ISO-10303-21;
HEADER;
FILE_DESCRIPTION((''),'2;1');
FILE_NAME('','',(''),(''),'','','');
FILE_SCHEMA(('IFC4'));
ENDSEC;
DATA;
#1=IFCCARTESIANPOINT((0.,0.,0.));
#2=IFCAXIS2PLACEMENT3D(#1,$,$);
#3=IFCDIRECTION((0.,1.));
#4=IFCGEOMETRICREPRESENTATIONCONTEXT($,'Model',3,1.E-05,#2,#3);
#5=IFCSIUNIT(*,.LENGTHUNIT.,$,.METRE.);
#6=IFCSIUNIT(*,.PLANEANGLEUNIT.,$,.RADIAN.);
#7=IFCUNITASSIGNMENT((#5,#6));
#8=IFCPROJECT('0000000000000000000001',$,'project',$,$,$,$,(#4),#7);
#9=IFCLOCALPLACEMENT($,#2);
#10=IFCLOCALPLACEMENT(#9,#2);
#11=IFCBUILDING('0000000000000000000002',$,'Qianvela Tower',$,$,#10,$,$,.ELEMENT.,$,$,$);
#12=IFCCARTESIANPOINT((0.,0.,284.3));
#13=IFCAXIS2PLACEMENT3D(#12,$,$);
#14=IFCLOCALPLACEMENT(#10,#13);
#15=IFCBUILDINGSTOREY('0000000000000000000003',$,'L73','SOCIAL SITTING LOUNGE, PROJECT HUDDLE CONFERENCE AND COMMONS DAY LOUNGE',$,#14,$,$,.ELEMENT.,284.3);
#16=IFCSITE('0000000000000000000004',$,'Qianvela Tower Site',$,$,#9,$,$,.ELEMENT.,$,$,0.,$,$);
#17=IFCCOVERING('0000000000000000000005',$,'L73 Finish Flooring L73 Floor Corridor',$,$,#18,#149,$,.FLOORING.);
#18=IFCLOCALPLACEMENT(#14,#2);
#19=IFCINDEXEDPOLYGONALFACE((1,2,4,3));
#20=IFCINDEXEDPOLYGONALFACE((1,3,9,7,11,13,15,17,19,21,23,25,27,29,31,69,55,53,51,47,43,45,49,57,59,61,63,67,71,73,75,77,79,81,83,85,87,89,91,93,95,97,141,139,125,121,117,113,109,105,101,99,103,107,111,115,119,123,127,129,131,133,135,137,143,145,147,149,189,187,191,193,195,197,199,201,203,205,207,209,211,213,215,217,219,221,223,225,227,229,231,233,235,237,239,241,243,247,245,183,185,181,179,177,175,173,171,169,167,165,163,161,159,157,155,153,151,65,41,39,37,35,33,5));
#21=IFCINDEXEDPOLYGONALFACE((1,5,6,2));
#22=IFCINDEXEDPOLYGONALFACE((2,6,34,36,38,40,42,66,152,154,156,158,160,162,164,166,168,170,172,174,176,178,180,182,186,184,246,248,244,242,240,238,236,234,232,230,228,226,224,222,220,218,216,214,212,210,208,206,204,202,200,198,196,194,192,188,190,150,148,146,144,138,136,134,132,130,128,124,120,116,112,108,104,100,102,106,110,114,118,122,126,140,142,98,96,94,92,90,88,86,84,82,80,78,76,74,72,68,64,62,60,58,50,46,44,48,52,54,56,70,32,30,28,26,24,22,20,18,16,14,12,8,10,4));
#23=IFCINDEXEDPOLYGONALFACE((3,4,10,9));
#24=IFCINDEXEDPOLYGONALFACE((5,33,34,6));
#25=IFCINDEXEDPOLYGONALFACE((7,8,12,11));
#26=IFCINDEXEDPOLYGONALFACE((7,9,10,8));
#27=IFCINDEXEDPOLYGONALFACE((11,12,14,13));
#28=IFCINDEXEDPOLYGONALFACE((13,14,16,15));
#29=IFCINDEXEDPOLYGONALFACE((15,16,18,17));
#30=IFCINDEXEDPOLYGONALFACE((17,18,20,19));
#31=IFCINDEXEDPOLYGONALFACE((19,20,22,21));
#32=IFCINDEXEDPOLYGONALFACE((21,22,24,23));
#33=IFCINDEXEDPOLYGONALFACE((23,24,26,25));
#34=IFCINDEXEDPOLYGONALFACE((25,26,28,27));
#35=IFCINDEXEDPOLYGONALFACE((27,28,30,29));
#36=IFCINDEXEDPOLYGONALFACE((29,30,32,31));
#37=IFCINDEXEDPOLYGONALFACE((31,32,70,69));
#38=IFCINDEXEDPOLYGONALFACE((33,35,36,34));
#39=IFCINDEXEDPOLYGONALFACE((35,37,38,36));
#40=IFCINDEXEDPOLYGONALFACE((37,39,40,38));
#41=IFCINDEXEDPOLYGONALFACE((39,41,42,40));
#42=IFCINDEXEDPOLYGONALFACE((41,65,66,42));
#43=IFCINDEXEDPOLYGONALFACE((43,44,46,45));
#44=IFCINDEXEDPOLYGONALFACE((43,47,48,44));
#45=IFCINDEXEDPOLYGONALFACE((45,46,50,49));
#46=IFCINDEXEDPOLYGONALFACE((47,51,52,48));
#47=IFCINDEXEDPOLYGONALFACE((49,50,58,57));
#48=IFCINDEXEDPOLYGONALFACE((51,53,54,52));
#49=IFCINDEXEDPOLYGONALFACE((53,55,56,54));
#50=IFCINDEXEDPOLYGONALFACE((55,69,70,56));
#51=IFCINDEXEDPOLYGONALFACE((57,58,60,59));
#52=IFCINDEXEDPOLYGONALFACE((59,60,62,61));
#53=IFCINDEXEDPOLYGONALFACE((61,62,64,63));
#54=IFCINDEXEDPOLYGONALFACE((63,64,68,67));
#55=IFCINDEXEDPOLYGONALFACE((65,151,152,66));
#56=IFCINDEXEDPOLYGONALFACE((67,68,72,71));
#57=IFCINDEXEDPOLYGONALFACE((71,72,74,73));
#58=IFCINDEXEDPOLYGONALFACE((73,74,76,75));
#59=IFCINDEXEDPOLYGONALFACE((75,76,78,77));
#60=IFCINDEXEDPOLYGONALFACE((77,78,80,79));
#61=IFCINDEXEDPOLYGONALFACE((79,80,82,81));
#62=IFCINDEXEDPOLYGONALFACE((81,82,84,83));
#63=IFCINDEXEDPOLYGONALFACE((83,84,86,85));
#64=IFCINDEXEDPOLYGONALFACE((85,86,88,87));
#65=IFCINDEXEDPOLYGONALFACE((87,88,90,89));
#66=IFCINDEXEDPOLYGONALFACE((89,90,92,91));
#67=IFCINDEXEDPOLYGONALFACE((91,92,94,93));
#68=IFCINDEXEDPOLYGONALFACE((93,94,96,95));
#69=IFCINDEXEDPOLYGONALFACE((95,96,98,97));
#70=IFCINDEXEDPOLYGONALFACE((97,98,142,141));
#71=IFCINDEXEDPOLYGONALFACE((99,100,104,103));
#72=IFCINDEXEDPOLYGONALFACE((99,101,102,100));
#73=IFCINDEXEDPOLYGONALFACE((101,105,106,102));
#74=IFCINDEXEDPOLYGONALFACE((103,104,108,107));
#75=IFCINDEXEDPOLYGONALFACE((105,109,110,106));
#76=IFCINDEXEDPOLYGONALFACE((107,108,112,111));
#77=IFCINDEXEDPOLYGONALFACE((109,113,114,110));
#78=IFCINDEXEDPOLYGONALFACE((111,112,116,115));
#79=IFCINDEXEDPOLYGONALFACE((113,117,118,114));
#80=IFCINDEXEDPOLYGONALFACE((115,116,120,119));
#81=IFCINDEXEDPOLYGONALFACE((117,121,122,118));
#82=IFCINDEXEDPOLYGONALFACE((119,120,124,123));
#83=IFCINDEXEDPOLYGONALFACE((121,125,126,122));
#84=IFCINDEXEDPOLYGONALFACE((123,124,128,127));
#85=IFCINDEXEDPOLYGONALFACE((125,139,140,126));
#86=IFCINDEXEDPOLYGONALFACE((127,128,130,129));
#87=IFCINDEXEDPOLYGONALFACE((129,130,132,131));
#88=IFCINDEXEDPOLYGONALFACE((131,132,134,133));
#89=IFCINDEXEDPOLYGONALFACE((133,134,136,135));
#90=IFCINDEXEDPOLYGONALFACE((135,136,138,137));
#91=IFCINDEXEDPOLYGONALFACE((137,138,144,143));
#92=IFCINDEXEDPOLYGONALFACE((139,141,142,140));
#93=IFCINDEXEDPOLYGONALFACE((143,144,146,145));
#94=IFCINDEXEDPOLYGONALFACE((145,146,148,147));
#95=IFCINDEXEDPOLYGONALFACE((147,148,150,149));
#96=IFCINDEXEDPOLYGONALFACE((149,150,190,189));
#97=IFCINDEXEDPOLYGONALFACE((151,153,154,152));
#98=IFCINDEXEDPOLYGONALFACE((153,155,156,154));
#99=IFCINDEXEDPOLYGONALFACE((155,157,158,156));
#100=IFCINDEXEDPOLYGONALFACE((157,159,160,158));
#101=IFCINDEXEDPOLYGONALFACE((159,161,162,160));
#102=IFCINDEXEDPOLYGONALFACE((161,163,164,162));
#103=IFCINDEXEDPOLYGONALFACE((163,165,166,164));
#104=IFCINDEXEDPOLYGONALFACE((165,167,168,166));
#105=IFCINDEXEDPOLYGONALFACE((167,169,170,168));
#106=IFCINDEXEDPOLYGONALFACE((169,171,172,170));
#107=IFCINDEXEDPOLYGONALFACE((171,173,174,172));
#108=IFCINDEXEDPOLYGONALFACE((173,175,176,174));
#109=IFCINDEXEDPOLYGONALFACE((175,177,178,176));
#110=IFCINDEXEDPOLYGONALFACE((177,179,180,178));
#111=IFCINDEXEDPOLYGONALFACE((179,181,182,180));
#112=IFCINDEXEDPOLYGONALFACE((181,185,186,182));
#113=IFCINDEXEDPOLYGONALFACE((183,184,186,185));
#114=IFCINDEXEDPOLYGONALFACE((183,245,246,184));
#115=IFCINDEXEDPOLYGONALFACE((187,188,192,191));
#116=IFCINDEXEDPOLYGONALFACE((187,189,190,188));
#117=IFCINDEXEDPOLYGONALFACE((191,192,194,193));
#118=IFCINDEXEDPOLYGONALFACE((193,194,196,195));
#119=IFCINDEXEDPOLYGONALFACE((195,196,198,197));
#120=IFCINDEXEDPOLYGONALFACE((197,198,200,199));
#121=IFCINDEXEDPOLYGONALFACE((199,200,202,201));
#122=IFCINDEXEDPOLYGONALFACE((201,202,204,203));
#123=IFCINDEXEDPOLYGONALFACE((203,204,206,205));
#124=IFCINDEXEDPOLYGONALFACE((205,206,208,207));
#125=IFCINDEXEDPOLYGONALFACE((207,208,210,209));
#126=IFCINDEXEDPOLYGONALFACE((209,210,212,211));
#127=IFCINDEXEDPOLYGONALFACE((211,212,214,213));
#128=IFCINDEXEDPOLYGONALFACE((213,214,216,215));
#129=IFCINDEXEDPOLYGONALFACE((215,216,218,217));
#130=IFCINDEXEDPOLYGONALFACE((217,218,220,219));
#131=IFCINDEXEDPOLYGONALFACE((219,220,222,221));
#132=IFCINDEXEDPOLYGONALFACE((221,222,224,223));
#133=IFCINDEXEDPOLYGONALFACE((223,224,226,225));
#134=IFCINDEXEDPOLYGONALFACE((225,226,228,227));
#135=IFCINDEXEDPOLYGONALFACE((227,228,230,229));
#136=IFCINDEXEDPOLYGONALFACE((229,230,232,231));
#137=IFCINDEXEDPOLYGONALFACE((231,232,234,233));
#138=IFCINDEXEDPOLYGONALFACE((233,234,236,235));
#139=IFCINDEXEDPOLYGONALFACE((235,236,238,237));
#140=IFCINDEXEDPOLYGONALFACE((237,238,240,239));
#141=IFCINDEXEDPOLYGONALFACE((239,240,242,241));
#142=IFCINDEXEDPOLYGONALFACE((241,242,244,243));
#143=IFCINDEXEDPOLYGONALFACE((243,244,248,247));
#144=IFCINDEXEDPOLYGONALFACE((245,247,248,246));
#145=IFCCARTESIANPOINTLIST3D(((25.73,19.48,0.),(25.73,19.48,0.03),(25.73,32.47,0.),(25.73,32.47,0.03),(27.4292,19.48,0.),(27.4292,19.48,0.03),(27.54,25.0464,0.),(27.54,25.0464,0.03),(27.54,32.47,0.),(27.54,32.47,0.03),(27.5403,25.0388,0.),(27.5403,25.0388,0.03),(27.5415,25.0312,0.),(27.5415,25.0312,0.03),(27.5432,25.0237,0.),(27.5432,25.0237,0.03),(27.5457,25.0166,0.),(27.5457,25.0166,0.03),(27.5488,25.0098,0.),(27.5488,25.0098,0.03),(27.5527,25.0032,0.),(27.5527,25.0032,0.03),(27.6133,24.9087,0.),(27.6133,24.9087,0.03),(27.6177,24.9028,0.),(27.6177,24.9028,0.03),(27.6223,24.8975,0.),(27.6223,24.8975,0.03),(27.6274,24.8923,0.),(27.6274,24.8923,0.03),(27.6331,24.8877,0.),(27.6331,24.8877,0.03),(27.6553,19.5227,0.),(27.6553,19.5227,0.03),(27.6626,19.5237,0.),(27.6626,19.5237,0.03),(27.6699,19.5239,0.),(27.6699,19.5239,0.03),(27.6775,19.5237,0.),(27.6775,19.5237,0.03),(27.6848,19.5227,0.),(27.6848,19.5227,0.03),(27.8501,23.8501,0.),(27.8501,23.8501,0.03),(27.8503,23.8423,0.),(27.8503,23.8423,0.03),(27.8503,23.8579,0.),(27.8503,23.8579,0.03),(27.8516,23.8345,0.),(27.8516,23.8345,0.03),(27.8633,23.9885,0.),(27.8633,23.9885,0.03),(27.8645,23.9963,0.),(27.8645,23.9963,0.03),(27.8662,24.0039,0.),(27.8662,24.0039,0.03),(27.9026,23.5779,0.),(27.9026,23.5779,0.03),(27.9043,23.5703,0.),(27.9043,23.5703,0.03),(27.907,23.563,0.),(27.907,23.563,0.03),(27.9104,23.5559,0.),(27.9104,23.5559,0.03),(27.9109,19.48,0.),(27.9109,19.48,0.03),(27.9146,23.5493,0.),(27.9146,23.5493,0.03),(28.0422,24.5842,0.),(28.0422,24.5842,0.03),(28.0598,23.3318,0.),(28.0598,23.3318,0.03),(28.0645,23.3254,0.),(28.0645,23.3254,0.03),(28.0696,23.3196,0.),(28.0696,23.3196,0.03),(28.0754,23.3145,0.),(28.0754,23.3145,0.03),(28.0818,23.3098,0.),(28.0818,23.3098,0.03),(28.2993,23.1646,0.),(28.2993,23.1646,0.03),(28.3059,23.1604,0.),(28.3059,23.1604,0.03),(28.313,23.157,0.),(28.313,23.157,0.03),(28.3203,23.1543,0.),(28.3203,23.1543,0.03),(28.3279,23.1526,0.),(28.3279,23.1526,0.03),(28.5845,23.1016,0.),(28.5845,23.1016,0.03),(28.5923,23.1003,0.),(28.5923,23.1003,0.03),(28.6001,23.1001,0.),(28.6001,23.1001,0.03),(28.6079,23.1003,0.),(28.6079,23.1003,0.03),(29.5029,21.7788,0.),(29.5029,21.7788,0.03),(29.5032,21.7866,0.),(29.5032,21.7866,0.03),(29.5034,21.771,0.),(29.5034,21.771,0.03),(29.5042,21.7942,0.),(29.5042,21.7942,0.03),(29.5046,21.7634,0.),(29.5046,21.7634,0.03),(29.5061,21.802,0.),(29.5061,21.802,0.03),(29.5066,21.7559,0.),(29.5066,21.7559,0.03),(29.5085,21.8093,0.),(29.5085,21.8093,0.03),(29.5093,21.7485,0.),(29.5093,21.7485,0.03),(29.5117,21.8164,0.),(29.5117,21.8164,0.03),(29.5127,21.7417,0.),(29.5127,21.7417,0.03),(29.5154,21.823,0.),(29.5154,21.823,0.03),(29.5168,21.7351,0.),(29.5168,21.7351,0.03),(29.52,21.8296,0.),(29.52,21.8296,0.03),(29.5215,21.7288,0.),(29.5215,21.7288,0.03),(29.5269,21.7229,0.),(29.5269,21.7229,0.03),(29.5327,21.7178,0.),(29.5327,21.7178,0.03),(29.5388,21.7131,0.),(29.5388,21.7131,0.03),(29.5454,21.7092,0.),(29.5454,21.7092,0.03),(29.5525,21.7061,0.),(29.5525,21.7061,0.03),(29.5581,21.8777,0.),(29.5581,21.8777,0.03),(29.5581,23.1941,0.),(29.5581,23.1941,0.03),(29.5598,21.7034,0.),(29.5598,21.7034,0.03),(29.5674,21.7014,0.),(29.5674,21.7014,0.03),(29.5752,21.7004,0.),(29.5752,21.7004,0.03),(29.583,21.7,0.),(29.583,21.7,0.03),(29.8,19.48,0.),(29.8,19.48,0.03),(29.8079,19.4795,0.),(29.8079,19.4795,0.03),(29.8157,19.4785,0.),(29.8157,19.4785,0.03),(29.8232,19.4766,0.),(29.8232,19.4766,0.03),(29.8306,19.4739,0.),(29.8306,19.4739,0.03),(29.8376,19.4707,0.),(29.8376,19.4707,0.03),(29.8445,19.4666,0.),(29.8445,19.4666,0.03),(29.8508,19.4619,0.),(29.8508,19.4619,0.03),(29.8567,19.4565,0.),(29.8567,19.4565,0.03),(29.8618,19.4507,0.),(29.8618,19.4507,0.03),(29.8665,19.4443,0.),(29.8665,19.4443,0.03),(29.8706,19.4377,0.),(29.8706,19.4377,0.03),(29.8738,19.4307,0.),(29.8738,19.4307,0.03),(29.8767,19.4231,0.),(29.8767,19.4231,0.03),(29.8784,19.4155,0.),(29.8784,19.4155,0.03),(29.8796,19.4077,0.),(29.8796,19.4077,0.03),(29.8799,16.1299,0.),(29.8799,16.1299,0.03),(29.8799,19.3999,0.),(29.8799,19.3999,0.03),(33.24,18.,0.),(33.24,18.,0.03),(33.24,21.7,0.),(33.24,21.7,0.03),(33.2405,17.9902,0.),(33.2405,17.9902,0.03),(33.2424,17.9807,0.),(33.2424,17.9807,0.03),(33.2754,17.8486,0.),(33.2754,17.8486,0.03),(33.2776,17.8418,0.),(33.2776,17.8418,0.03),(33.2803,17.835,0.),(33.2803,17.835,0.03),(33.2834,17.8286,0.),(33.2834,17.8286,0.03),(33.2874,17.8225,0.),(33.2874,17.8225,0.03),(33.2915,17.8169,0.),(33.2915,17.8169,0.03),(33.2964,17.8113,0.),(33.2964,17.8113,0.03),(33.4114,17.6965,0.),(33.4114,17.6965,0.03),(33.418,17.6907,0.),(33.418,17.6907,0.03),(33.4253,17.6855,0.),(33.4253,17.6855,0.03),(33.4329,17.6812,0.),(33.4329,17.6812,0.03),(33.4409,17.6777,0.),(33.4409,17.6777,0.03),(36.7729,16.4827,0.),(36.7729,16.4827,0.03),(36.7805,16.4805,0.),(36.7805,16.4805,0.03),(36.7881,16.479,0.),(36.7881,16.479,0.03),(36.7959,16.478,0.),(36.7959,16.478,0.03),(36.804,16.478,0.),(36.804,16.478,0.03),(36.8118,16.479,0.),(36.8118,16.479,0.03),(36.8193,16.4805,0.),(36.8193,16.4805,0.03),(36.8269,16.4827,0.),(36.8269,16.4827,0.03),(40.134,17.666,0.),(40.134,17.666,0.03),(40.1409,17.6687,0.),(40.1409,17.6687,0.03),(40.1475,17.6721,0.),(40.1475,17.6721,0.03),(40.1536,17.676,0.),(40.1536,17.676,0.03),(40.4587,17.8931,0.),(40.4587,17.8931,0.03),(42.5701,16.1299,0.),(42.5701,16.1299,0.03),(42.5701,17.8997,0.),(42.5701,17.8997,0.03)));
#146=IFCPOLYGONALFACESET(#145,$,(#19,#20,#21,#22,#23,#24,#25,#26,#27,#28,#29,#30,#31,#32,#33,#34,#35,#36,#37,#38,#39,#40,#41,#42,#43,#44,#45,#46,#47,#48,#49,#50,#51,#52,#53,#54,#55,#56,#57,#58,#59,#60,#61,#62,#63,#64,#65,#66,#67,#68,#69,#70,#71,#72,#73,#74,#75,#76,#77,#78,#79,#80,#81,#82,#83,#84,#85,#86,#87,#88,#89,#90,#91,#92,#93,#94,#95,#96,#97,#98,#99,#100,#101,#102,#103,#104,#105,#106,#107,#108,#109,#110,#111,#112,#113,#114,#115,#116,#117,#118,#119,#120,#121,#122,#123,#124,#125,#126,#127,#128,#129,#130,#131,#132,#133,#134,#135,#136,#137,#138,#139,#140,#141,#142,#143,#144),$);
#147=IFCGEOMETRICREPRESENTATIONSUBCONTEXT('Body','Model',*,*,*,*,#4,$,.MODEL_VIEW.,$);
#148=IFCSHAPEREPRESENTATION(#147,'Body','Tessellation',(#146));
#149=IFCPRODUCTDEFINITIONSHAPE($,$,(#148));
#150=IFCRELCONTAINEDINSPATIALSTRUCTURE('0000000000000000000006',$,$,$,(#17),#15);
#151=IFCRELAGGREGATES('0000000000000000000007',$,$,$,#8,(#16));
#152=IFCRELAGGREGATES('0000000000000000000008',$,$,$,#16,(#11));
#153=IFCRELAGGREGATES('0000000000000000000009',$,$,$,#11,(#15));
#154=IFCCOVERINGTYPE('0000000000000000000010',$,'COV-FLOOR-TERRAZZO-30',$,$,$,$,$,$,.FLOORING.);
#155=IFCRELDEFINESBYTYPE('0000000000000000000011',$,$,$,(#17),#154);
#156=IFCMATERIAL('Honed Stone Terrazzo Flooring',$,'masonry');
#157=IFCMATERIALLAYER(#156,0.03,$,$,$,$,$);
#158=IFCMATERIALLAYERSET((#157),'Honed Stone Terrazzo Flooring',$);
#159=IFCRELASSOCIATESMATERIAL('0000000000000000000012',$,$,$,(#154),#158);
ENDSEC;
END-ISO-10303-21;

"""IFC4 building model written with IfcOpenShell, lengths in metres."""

from ifc_helpers import new_model, si_unit, direction, frame, origin, place, context, subcontext, project, spatial, polyline, outline, extrude, material, layer, layer_set, type_object, element, save


model = new_model("IFC4")

# Units and contexts
model_context = context("Model", 3, precision=1e-05, world=origin(), true_north=direction((0.0, 1.0)))
body_context = subcontext(model_context, "Body", "Model", "MODEL_VIEW")
ifc_project = project(units=[si_unit("LENGTHUNIT", "METRE"), si_unit("PLANEANGLEUNIT", "RADIAN")], contexts=[model_context])

# Site, building, storey
site_placement = place(None, origin())
site = spatial("IfcSite", under=ifc_project, at=site_placement, Name="Qianvela Tower Site", CompositionType="ELEMENT", RefElevation=0.0)
building_placement = place(site_placement, origin())
building = spatial("IfcBuilding", under=site, at=building_placement, Name="Qianvela Tower", CompositionType="ELEMENT")
storey_placement = place(building_placement, frame((0.0, 0.0, 284.3)))
storey = spatial("IfcBuildingStorey", under=building, at=storey_placement, Name="L73", Description="SOCIAL SITTING LOUNGE, PROJECT HUDDLE CONFERENCE AND COMMONS DAY LOUNGE", CompositionType="ELEMENT", Elevation=284.3)

# Covering
ifc_material_1 = material(Name="Honed Stone Terrazzo Flooring", Category="masonry")
ifc_layer_1 = layer(ifc_material_1, 0.03)
ifc_layer_set_1 = layer_set([ifc_layer_1], Name="Honed Stone Terrazzo Flooring")
covering_type_1 = type_object("IfcCoveringType", Name="COV-FLOOR-TERRAZZO-30", PredefinedType="FLOORING", material=ifc_layer_set_1)
covering_1_placement = place(storey_placement, origin())
element("IfcCovering", 1, at=covering_1_placement, inside=storey, type_object=covering_type_1, Name="L73 Finish Flooring L73 Floor Corridor", PredefinedType="FLOORING", context=body_context, shape_type="SweptSolid", body=[
    extrude(outline(polyline([(27.8503, 23.8579), (27.8501, 23.8501), (27.8503, 23.8423), (27.8516, 23.8345), (27.9026, 23.5779), (27.9043, 23.5703), (27.907, 23.563), (27.9104, 23.5559), (27.9146, 23.5493), (28.0598, 23.3318), (28.0645, 23.3254), (28.0696, 23.3196), (28.0754, 23.3145), (28.0818, 23.3098), (28.2993, 23.1646), (28.3059, 23.1604), (28.313, 23.157), (28.3203, 23.1543), (28.3279, 23.1526), (28.5845, 23.1016), (28.5923, 23.1003), (28.6001, 23.1001), (28.6079, 23.1003), (29.5581, 23.1941), (29.5581, 21.8777), (29.52, 21.8296), (29.5154, 21.823), (29.5117, 21.8164), (29.5085, 21.8093), (29.5061, 21.802), (29.5042, 21.7942), (29.5032, 21.7866), (29.5029, 21.7788), (29.5034, 21.771), (29.5046, 21.7634), (29.5066, 21.7559), (29.5093, 21.7485), (29.5127, 21.7417), (29.5168, 21.7351), (29.5215, 21.7288), (29.5269, 21.7229), (29.5327, 21.7178), (29.5388, 21.7131), (29.5454, 21.7092), (29.5525, 21.7061), (29.5598, 21.7034), (29.5674, 21.7014), (29.5752, 21.7004), (29.583, 21.7), (33.24, 21.7), (33.24, 18.0), (33.2405, 17.9902), (33.2424, 17.9807), (33.2754, 17.8486), (33.2776, 17.8418), (33.2803, 17.835), (33.2834, 17.8286), (33.2874, 17.8225), (33.2915, 17.8169), (33.2964, 17.8113), (33.4114, 17.6965), (33.418, 17.6907), (33.4253, 17.6855), (33.4329, 17.6812), (33.4409, 17.6777), (36.7729, 16.4827), (36.7805, 16.4805), (36.7881, 16.479), (36.7959, 16.478), (36.804, 16.478), (36.8118, 16.479), (36.8193, 16.4805), (36.8269, 16.4827), (40.134, 17.666), (40.1409, 17.6687), (40.1475, 17.6721), (40.1536, 17.676), (40.4587, 17.8931), (42.5701, 17.8997), (42.5701, 16.1299), (29.8799, 16.1299), (29.8799, 19.3999), (29.8796, 19.4077), (29.8784, 19.4155), (29.8767, 19.4231), (29.8738, 19.4307), (29.8706, 19.4377), (29.8665, 19.4443), (29.8618, 19.4507), (29.8567, 19.4565), (29.8508, 19.4619), (29.8445, 19.4666), (29.8376, 19.4707), (29.8306, 19.4739), (29.8232, 19.4766), (29.8157, 19.4785), (29.8079, 19.4795), (29.8, 19.48), (27.9109, 19.48), (27.6848, 19.5227), (27.6775, 19.5237), (27.6699, 19.5239), (27.6626, 19.5237), (27.6553, 19.5227), (27.4292, 19.48), (25.73, 19.48), (25.73, 32.47), (27.54, 32.47), (27.54, 25.0464), (27.5403, 25.0388), (27.5415, 25.0312), (27.5432, 25.0237), (27.5457, 25.0166), (27.5488, 25.0098), (27.5527, 25.0032), (27.6133, 24.9087), (27.6177, 24.9028), (27.6223, 24.8975), (27.6274, 24.8923), (27.6331, 24.8877), (28.0422, 24.5842), (27.8662, 24.0039), (27.8645, 23.9963), (27.8633, 23.9885), (27.8503, 23.8579)])), origin(), (0.0, 0.0, 1.0), 0.03),
])

save(model, "model.ifc")
